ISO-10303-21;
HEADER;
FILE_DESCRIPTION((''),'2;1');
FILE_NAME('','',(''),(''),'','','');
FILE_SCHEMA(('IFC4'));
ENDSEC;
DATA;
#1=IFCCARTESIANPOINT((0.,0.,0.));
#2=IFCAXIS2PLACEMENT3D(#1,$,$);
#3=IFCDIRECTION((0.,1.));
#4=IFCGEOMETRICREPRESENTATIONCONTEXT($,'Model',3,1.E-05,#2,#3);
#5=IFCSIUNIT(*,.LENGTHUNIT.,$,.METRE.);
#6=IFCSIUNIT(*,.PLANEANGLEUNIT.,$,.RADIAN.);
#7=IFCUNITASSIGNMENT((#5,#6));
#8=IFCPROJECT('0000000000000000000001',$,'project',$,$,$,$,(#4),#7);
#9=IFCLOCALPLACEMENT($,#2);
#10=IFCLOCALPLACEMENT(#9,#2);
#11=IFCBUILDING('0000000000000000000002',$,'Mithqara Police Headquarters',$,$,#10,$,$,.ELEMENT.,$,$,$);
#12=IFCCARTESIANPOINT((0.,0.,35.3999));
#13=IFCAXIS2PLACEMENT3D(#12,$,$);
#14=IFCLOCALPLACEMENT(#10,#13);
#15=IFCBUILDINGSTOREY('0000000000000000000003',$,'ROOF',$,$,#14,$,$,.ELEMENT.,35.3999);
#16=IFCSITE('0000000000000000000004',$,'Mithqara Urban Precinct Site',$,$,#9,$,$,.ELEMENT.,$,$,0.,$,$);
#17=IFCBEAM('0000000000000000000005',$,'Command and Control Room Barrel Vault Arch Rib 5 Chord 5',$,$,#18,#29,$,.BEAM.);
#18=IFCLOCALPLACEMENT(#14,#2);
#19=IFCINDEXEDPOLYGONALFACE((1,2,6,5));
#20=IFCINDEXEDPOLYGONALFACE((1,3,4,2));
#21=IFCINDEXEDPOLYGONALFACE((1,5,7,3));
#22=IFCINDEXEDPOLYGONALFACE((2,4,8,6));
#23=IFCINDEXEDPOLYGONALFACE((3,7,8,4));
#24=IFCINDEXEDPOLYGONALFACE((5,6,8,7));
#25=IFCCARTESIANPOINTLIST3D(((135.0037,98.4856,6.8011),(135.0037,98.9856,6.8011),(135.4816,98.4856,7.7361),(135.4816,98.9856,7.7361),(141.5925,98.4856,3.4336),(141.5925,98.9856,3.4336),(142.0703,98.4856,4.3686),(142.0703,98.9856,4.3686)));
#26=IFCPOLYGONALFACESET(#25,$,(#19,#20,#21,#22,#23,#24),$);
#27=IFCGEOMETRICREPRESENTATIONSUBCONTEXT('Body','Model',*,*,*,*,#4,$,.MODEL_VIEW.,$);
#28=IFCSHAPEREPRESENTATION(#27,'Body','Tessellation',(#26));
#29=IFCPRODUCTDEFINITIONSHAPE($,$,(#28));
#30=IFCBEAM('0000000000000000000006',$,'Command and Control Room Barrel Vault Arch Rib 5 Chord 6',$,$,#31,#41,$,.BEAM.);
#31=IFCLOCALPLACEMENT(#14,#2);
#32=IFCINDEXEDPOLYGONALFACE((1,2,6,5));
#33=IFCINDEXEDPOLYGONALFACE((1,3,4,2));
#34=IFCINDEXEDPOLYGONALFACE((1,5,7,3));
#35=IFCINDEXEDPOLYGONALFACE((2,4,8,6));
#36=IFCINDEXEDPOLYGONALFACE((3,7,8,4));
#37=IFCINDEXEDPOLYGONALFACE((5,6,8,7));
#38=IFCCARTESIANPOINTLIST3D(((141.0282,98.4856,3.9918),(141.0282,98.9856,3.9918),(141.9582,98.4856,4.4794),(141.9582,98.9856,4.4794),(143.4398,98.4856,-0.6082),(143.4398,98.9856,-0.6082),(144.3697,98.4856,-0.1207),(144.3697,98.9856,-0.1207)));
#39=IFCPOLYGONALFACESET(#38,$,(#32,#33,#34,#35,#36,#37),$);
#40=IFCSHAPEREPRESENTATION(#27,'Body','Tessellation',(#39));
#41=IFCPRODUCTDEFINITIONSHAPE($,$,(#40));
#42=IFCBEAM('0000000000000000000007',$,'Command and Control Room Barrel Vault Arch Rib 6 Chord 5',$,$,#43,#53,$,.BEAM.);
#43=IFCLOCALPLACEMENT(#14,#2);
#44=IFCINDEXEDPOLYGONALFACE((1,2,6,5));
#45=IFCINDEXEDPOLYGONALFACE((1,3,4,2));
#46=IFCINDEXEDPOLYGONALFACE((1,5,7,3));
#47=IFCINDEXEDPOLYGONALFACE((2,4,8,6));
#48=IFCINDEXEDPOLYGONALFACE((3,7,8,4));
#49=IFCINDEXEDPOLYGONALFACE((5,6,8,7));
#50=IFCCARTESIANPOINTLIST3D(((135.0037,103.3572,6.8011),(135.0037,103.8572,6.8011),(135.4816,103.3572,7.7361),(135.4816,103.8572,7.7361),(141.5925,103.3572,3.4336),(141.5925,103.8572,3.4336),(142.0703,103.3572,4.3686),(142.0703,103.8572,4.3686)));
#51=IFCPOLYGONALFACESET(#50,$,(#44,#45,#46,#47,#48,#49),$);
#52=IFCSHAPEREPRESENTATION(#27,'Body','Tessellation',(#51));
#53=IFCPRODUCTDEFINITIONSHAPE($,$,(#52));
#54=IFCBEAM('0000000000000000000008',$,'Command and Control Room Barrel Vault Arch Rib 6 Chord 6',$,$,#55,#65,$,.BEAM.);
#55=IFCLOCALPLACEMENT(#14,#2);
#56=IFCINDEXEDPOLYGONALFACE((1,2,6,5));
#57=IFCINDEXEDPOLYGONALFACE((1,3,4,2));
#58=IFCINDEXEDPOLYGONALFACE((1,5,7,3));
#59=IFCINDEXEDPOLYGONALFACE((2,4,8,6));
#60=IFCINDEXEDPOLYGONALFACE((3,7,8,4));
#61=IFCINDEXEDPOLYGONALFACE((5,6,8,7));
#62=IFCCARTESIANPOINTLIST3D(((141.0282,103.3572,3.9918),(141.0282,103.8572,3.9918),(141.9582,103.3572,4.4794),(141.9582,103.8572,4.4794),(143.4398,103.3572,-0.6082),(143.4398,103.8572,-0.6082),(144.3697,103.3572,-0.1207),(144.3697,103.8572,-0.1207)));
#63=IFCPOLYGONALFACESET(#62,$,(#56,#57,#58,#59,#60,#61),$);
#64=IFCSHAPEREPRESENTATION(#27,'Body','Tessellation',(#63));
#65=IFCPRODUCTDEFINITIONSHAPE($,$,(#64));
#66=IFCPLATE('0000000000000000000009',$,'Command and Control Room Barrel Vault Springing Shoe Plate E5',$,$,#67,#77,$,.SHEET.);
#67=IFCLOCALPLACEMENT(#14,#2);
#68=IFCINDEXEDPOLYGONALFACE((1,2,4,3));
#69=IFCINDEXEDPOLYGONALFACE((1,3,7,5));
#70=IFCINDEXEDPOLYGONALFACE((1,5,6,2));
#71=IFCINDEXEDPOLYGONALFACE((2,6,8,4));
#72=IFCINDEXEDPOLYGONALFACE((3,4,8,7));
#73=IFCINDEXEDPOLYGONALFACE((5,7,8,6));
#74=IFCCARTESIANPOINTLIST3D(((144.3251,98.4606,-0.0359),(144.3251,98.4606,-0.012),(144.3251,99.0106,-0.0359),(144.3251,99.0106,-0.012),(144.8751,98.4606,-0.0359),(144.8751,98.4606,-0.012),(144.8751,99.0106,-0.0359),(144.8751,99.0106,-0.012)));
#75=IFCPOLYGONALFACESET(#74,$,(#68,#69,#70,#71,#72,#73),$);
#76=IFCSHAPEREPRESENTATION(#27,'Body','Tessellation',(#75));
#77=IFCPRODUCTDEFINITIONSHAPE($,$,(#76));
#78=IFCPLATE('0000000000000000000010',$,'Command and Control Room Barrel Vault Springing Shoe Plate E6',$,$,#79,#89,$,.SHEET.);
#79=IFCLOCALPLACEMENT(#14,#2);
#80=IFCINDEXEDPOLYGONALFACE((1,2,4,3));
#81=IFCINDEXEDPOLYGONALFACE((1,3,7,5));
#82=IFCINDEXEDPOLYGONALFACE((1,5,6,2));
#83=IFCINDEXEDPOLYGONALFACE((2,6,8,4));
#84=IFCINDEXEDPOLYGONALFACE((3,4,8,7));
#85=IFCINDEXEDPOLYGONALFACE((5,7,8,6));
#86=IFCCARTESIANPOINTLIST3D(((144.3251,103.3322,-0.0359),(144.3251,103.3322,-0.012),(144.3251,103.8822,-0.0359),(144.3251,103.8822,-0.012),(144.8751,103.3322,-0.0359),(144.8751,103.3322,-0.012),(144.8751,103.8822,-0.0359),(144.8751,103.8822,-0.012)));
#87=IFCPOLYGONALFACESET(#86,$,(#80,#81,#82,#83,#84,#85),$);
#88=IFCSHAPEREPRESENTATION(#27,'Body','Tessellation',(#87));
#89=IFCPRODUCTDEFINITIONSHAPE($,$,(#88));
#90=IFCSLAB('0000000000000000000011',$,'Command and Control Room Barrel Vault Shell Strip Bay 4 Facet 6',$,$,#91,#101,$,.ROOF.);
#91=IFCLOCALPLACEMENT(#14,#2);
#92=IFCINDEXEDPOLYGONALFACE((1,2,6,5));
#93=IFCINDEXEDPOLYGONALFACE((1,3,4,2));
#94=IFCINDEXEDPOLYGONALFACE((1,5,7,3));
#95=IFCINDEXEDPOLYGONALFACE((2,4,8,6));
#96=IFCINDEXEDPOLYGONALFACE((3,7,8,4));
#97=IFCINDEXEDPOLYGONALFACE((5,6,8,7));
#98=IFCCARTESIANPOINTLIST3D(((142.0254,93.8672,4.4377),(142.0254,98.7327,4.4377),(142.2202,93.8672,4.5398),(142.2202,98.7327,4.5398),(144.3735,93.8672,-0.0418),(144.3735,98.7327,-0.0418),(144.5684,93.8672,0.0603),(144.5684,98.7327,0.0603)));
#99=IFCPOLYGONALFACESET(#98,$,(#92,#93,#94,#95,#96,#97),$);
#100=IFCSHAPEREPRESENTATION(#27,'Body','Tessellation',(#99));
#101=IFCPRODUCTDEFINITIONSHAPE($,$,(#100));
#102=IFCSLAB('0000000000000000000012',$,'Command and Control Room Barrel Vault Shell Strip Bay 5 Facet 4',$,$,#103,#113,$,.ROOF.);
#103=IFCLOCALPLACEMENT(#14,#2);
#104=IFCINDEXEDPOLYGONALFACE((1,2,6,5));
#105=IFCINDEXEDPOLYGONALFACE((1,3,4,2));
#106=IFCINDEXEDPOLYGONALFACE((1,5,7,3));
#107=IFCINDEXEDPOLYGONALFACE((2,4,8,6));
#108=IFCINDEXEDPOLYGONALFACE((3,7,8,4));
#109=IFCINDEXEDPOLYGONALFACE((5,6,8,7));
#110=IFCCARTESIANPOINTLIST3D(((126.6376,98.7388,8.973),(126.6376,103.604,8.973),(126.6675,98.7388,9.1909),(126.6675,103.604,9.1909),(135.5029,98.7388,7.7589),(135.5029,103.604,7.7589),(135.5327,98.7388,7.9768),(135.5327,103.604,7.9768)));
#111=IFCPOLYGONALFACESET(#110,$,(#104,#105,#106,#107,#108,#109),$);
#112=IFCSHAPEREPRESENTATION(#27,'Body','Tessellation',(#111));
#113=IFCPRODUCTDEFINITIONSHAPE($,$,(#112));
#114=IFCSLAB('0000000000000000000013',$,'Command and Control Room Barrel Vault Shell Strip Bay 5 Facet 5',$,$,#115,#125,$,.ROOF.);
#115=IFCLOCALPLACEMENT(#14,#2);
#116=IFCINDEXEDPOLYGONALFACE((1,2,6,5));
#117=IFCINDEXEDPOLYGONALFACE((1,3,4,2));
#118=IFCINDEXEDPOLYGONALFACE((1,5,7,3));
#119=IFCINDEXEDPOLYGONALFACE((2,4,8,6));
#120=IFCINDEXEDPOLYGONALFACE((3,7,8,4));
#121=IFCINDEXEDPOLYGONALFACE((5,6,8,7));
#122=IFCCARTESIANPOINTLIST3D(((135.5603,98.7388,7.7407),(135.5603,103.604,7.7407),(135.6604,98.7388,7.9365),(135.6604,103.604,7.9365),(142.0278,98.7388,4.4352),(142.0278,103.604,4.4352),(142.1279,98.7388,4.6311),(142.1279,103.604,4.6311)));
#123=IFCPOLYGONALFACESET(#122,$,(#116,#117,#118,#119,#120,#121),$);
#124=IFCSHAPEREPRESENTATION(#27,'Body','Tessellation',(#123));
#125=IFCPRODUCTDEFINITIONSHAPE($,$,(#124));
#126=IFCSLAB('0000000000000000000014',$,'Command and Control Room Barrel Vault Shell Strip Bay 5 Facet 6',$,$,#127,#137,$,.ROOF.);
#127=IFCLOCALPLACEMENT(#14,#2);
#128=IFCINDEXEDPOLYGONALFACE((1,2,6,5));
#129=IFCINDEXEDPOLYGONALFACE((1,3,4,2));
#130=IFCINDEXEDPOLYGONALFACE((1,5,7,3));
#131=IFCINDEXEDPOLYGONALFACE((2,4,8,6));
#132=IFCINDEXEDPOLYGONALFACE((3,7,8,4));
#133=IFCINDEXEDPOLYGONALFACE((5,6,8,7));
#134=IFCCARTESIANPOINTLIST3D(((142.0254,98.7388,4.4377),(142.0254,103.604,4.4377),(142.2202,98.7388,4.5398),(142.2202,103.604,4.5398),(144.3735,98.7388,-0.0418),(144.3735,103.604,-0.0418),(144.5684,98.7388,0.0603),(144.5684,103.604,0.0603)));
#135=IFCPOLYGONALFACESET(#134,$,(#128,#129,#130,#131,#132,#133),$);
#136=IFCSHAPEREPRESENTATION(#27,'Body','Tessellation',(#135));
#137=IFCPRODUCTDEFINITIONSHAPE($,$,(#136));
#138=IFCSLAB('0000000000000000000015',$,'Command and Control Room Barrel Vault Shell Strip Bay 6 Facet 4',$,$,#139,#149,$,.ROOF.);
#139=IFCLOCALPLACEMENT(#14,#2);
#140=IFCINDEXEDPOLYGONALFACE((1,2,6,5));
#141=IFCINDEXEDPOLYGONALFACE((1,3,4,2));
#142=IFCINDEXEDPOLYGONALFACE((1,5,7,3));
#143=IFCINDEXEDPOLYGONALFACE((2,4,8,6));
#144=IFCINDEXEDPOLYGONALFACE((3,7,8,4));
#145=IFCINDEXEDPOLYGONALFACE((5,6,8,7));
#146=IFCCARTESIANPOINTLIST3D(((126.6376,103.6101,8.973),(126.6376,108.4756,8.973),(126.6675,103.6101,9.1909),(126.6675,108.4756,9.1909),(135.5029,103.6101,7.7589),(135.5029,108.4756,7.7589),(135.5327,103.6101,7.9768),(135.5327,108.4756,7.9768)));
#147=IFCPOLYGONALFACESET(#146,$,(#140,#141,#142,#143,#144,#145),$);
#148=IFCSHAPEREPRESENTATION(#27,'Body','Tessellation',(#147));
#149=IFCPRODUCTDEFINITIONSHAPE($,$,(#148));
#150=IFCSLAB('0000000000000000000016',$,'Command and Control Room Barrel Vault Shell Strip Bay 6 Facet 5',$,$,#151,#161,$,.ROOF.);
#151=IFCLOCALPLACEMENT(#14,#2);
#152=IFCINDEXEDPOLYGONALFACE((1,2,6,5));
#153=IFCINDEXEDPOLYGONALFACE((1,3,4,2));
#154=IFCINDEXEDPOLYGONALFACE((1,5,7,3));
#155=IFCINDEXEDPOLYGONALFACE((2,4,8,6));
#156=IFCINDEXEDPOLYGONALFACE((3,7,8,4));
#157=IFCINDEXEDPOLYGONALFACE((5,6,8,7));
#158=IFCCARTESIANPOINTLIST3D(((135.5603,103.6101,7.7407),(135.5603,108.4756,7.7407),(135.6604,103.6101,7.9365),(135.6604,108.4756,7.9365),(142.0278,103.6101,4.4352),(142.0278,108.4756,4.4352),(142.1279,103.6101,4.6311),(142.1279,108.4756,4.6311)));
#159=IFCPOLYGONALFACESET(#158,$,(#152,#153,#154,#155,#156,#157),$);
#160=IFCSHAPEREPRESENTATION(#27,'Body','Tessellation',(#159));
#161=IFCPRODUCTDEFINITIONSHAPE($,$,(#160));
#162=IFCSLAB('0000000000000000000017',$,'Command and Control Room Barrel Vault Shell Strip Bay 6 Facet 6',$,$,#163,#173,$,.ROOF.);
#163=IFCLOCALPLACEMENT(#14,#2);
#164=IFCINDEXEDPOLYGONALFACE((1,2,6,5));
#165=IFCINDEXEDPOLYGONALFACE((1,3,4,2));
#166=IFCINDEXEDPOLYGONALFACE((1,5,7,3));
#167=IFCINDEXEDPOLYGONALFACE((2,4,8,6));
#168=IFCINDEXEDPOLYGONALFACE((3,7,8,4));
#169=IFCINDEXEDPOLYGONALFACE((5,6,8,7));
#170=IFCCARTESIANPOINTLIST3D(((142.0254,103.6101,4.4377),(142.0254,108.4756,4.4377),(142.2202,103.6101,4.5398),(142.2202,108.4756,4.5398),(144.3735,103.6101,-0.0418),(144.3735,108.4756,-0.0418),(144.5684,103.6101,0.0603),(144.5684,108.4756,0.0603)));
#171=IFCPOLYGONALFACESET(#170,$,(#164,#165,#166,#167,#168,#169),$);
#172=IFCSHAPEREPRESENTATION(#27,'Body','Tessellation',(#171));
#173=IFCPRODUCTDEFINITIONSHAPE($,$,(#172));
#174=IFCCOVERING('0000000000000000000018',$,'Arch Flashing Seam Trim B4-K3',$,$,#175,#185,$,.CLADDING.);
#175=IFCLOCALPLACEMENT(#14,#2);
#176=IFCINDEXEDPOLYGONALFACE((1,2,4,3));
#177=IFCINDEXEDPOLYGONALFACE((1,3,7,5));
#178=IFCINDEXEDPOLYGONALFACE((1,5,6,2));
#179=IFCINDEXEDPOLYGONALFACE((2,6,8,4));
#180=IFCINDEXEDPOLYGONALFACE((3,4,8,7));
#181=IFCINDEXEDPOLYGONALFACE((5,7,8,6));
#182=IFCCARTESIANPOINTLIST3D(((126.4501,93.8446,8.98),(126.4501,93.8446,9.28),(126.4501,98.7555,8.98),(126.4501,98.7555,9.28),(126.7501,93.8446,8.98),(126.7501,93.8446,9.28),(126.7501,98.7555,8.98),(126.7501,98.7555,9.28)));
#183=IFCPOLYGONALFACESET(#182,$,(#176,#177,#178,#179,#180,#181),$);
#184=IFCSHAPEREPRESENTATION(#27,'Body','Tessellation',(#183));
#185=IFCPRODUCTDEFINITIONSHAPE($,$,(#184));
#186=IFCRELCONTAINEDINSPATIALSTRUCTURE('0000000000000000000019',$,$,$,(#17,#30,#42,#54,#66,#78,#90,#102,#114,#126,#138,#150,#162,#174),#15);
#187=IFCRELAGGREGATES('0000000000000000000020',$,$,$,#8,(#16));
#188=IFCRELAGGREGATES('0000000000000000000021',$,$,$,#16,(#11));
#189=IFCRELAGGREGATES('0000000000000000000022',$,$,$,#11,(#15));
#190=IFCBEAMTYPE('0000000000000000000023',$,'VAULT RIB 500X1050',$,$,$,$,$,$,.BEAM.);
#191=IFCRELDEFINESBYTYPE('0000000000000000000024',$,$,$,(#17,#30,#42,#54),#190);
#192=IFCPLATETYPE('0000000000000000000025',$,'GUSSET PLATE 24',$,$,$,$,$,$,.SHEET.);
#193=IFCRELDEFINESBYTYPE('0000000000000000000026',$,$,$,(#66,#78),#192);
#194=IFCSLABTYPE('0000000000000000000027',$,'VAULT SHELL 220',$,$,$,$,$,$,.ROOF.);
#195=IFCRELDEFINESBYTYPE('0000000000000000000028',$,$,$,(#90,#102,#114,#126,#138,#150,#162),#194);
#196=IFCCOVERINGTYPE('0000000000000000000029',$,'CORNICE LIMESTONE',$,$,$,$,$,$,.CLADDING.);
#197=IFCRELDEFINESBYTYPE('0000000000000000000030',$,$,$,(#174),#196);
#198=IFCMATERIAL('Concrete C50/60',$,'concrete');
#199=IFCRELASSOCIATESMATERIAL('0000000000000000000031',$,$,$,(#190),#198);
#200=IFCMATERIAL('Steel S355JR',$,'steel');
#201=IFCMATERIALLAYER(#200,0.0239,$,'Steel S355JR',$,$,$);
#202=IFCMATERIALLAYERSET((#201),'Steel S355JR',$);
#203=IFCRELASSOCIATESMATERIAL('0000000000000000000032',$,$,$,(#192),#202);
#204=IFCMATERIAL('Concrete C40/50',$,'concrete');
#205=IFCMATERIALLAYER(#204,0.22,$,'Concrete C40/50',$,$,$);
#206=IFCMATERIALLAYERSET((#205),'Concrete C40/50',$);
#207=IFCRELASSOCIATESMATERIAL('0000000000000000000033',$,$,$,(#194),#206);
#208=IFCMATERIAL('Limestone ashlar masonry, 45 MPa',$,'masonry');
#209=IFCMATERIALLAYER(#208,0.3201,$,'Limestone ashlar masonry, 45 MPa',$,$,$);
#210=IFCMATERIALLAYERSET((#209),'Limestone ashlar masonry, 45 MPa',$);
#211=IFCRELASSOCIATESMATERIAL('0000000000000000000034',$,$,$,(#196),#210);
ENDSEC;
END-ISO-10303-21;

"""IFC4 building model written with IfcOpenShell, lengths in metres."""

from ifc_helpers import new_model, si_unit, direction, frame, origin, origin_2d, place, context, subcontext, project, spatial, polyline, rectangle, outline, extrude, material, layer, layer_set, material_profile, profile_set, type_object, element, save


model = new_model("IFC4")

# Units and contexts
model_context = context("Model", 3, precision=1e-05, world=origin(), true_north=direction((0.0, 1.0)))
body_context = subcontext(model_context, "Body", "Model", "MODEL_VIEW")
ifc_project = project(units=[si_unit("LENGTHUNIT", "METRE"), si_unit("PLANEANGLEUNIT", "RADIAN")], contexts=[model_context])

# Site, building, storey
site_placement = place(None, origin())
site = spatial("IfcSite", under=ifc_project, at=site_placement, Name="Mithqara Urban Precinct Site", CompositionType="ELEMENT", RefElevation=0.0)
building_placement = place(site_placement, origin())
building = spatial("IfcBuilding", under=site, at=building_placement, Name="Mithqara Police Headquarters", CompositionType="ELEMENT")
storey_placement = place(building_placement, frame((0.0, 0.0, 35.3999)))
storey = spatial("IfcBuildingStorey", under=building, at=storey_placement, Name="ROOF", CompositionType="ELEMENT", Elevation=35.3999)

# Shared definitions
ifc_material_1 = material(Name="Steel S355JR", Category="steel")

# Beams
ifc_material_2 = material(Name="Concrete C50/60", Category="concrete")
ifc_material_profile_1 = material_profile(ifc_material_2, rectangle(XDim=0.5, YDim=1.05, at=origin_2d()), Name="RIB 500x1050")
ifc_profile_set_1 = profile_set([ifc_material_profile_1], Name="Concrete C50/60")
beam_type = type_object("IfcBeamType", Name="VAULT RIB 500X1050", PredefinedType="BEAM", material=ifc_profile_set_1)
beam_1_placement = place(storey_placement, frame((135.2427, 98.7356, 7.2686), z_axis=(0.890439, 0.0, -0.455102), x_axis=(0.0, 1.0, 0.0)))
element("IfcBeam", 1, at=beam_1_placement, inside=storey, type_object=beam_type, Name="Command and Control Room Barrel Vault Arch Rib 5 Chord 5", PredefinedType="BEAM", context=body_context, shape_type="SweptSolid", body=[
    extrude(rectangle(XDim=0.5, YDim=1.05, at=origin_2d()), origin(), (0.0, 0.0, 1.0), 7.3994),
])
beam_2_placement = place(storey_placement, frame((141.4932, 98.7356, 4.2356), z_axis=(0.464316, 0.0, -0.88567), x_axis=(0.0, 1.0, 0.0)))
element("IfcBeam", 2, at=beam_2_placement, inside=storey, type_object=beam_type, Name="Command and Control Room Barrel Vault Arch Rib 5 Chord 6", PredefinedType="BEAM", context=body_context, shape_type="SweptSolid", body=[
    extrude(rectangle(XDim=0.5, YDim=1.05, at=origin_2d()), origin(), (0.0, 0.0, 1.0), 5.1938),
])
beam_3_placement = place(storey_placement, frame((135.2427, 103.6072, 7.2686), z_axis=(0.890439, 0.0, -0.455102), x_axis=(0.0, 1.0, 0.0)))
element("IfcBeam", 3, at=beam_3_placement, inside=storey, type_object=beam_type, Name="Command and Control Room Barrel Vault Arch Rib 6 Chord 5", PredefinedType="BEAM", context=body_context, shape_type="SweptSolid", body=[
    extrude(rectangle(XDim=0.5, YDim=1.05, at=origin_2d()), origin(), (0.0, 0.0, 1.0), 7.3994),
])
beam_4_placement = place(storey_placement, frame((141.4932, 103.6072, 4.2356), z_axis=(0.464316, 0.0, -0.88567), x_axis=(0.0, 1.0, 0.0)))
element("IfcBeam", 4, at=beam_4_placement, inside=storey, type_object=beam_type, Name="Command and Control Room Barrel Vault Arch Rib 6 Chord 6", PredefinedType="BEAM", context=body_context, shape_type="SweptSolid", body=[
    extrude(rectangle(XDim=0.5, YDim=1.05, at=origin_2d()), origin(), (0.0, 0.0, 1.0), 5.1938),
])

# Plates
ifc_layer_1 = layer(ifc_material_1, 0.0239, Name="Steel S355JR")
ifc_layer_set_1 = layer_set([ifc_layer_1], Name="Steel S355JR")
plate_type = type_object("IfcPlateType", Name="GUSSET PLATE 24", PredefinedType="SHEET", material=ifc_layer_set_1)
for number, where, z_axis, x_axis, name in (
    (5, (144.6001, 98.7356, -0.0359), (0.0, 0.0, 1.0), (1.0, 0.0, 0.0), "Command and Control Room Barrel Vault Springing Shoe Plate E5"),
    (6, (144.6001, 103.6072, -0.0359), (0.0, 0.0, 1.0), (1.0, 0.0, 0.0), "Command and Control Room Barrel Vault Springing Shoe Plate E6"),
):
    element("IfcPlate", number, at=place(storey_placement, frame(where, z_axis=z_axis, x_axis=x_axis)), inside=storey, type_object=plate_type, Name=name, PredefinedType="SHEET", context=body_context, shape_type="SweptSolid", body=[
        extrude(rectangle(XDim=0.55, YDim=0.55, at=origin_2d()), origin(), (0.0, 0.0, 1.0), 0.0239),
    ])

# Slabs
ifc_material_3 = material(Name="Concrete C40/50", Category="concrete")
ifc_layer_2 = layer(ifc_material_3, 0.22, Name="Concrete C40/50")
ifc_layer_set_2 = layer_set([ifc_layer_2], Name="Concrete C40/50")
slab_type = type_object("IfcSlabType", Name="VAULT SHELL 220", PredefinedType="ROOF", material=ifc_layer_set_2)
slab_1_placement = place(storey_placement, frame((142.2202, 93.8672, 4.5398), z_axis=(0.88569, 0.0, 0.464278), x_axis=(0.464278, 0.0, -0.88569)))
element("IfcSlab", 7, at=slab_1_placement, inside=storey, type_object=slab_type, Name="Command and Control Room Barrel Vault Shell Strip Bay 4 Facet 6", PredefinedType="ROOF", context=body_context, shape_type="SweptSolid", body=[
    extrude(outline(polyline([(0.0, 0.0), (5.0576, 0.0), (5.0576, 4.8655), (0.0, 4.8655), (0.0, 0.0)])), origin(), (0.0, 0.0, -1.0), 0.22),
])
slab_2_placement = place(storey_placement, frame((126.6675, 98.7388, 9.1909), z_axis=(0.135685, 0.0, 0.990752), x_axis=(0.990752, 0.0, -0.135685)))
element("IfcSlab", 8, at=slab_2_placement, inside=storey, type_object=slab_type, Name="Command and Control Room Barrel Vault Shell Strip Bay 5 Facet 4", PredefinedType="ROOF", context=body_context, shape_type="SweptSolid", body=[
    extrude(outline(polyline([(0.0, 0.0), (8.948, 0.0), (8.948, 4.8652), (0.0, 4.8652), (0.0, 0.0)])), origin(), (0.0, 0.0, -1.0), 0.22),
])
slab_3_placement = place(storey_placement, frame((135.6604, 98.7388, 7.9365), z_axis=(0.455089, 0.0, 0.890446), x_axis=(0.890446, 0.0, -0.455089)))
element("IfcSlab", 9, at=slab_3_placement, inside=storey, type_object=slab_type, Name="Command and Control Room Barrel Vault Shell Strip Bay 5 Facet 5", PredefinedType="ROOF", context=body_context, shape_type="SweptSolid", body=[
    extrude(outline(polyline([(0.0, 0.0), (7.2632, 0.0), (7.2632, 4.8652), (0.0, 4.8652), (0.0, 0.0)])), origin(), (0.0, 0.0, -1.0), 0.22),
])
slab_4_placement = place(storey_placement, frame((142.2202, 98.7388, 4.5398), z_axis=(0.88569, 0.0, 0.464278), x_axis=(0.464278, 0.0, -0.88569)))
element("IfcSlab", 10, at=slab_4_placement, inside=storey, type_object=slab_type, Name="Command and Control Room Barrel Vault Shell Strip Bay 5 Facet 6", PredefinedType="ROOF", context=body_context, shape_type="SweptSolid", body=[
    extrude(outline(polyline([(0.0, 0.0), (5.0576, 0.0), (5.0576, 4.8652), (0.0, 4.8652), (0.0, 0.0)])), origin(), (0.0, 0.0, -1.0), 0.22),
])
slab_5_placement = place(storey_placement, frame((126.6675, 103.6101, 9.1909), z_axis=(0.135685, 0.0, 0.990752), x_axis=(0.990752, 0.0, -0.135685)))
element("IfcSlab", 11, at=slab_5_placement, inside=storey, type_object=slab_type, Name="Command and Control Room Barrel Vault Shell Strip Bay 6 Facet 4", PredefinedType="ROOF", context=body_context, shape_type="SweptSolid", body=[
    extrude(outline(polyline([(0.0, 0.0), (8.948, 0.0), (8.948, 4.8655), (0.0, 4.8655), (0.0, 0.0)])), origin(), (0.0, 0.0, -1.0), 0.22),
])
slab_6_placement = place(storey_placement, frame((135.6604, 103.6101, 7.9365), z_axis=(0.455089, 0.0, 0.890446), x_axis=(0.890446, 0.0, -0.455089)))
element("IfcSlab", 12, at=slab_6_placement, inside=storey, type_object=slab_type, Name="Command and Control Room Barrel Vault Shell Strip Bay 6 Facet 5", PredefinedType="ROOF", context=body_context, shape_type="SweptSolid", body=[
    extrude(outline(polyline([(0.0, 0.0), (7.2632, 0.0), (7.2632, 4.8655), (0.0, 4.8655), (0.0, 0.0)])), origin(), (0.0, 0.0, -1.0), 0.22),
])
slab_7_placement = place(storey_placement, frame((142.2202, 103.6101, 4.5398), z_axis=(0.88569, 0.0, 0.464278), x_axis=(0.464278, 0.0, -0.88569)))
element("IfcSlab", 13, at=slab_7_placement, inside=storey, type_object=slab_type, Name="Command and Control Room Barrel Vault Shell Strip Bay 6 Facet 6", PredefinedType="ROOF", context=body_context, shape_type="SweptSolid", body=[
    extrude(outline(polyline([(0.0, 0.0), (5.0576, 0.0), (5.0576, 4.8655), (0.0, 4.8655), (0.0, 0.0)])), origin(), (0.0, 0.0, -1.0), 0.22),
])

# Covering
ifc_material_4 = material(Name="Limestone ashlar masonry, 45 MPa", Category="masonry")
ifc_layer_3 = layer(ifc_material_4, 0.3201, Name="Limestone ashlar masonry, 45 MPa")
ifc_layer_set_3 = layer_set([ifc_layer_3], Name="Limestone ashlar masonry, 45 MPa")
covering_type_1 = type_object("IfcCoveringType", Name="CORNICE LIMESTONE", PredefinedType="CLADDING", material=ifc_layer_set_3)
for number, where, z_axis, x_axis, name in (
    (14, (126.6001, 96.3, 8.98), (0.0, 0.0, 1.0), (1.0, 0.0, 0.0), "Arch Flashing Seam Trim B4-K3"),
):
    element("IfcCovering", number, at=place(storey_placement, frame(where, z_axis=z_axis, x_axis=x_axis)), inside=storey, type_object=covering_type_1, Name=name, PredefinedType="CLADDING", context=body_context, shape_type="SweptSolid", body=[
        extrude(rectangle(XDim=0.3, YDim=4.9109, at=origin_2d()), origin(), (0.0, 0.0, 1.0), 0.3),
    ])

save(model, "model.ifc")
